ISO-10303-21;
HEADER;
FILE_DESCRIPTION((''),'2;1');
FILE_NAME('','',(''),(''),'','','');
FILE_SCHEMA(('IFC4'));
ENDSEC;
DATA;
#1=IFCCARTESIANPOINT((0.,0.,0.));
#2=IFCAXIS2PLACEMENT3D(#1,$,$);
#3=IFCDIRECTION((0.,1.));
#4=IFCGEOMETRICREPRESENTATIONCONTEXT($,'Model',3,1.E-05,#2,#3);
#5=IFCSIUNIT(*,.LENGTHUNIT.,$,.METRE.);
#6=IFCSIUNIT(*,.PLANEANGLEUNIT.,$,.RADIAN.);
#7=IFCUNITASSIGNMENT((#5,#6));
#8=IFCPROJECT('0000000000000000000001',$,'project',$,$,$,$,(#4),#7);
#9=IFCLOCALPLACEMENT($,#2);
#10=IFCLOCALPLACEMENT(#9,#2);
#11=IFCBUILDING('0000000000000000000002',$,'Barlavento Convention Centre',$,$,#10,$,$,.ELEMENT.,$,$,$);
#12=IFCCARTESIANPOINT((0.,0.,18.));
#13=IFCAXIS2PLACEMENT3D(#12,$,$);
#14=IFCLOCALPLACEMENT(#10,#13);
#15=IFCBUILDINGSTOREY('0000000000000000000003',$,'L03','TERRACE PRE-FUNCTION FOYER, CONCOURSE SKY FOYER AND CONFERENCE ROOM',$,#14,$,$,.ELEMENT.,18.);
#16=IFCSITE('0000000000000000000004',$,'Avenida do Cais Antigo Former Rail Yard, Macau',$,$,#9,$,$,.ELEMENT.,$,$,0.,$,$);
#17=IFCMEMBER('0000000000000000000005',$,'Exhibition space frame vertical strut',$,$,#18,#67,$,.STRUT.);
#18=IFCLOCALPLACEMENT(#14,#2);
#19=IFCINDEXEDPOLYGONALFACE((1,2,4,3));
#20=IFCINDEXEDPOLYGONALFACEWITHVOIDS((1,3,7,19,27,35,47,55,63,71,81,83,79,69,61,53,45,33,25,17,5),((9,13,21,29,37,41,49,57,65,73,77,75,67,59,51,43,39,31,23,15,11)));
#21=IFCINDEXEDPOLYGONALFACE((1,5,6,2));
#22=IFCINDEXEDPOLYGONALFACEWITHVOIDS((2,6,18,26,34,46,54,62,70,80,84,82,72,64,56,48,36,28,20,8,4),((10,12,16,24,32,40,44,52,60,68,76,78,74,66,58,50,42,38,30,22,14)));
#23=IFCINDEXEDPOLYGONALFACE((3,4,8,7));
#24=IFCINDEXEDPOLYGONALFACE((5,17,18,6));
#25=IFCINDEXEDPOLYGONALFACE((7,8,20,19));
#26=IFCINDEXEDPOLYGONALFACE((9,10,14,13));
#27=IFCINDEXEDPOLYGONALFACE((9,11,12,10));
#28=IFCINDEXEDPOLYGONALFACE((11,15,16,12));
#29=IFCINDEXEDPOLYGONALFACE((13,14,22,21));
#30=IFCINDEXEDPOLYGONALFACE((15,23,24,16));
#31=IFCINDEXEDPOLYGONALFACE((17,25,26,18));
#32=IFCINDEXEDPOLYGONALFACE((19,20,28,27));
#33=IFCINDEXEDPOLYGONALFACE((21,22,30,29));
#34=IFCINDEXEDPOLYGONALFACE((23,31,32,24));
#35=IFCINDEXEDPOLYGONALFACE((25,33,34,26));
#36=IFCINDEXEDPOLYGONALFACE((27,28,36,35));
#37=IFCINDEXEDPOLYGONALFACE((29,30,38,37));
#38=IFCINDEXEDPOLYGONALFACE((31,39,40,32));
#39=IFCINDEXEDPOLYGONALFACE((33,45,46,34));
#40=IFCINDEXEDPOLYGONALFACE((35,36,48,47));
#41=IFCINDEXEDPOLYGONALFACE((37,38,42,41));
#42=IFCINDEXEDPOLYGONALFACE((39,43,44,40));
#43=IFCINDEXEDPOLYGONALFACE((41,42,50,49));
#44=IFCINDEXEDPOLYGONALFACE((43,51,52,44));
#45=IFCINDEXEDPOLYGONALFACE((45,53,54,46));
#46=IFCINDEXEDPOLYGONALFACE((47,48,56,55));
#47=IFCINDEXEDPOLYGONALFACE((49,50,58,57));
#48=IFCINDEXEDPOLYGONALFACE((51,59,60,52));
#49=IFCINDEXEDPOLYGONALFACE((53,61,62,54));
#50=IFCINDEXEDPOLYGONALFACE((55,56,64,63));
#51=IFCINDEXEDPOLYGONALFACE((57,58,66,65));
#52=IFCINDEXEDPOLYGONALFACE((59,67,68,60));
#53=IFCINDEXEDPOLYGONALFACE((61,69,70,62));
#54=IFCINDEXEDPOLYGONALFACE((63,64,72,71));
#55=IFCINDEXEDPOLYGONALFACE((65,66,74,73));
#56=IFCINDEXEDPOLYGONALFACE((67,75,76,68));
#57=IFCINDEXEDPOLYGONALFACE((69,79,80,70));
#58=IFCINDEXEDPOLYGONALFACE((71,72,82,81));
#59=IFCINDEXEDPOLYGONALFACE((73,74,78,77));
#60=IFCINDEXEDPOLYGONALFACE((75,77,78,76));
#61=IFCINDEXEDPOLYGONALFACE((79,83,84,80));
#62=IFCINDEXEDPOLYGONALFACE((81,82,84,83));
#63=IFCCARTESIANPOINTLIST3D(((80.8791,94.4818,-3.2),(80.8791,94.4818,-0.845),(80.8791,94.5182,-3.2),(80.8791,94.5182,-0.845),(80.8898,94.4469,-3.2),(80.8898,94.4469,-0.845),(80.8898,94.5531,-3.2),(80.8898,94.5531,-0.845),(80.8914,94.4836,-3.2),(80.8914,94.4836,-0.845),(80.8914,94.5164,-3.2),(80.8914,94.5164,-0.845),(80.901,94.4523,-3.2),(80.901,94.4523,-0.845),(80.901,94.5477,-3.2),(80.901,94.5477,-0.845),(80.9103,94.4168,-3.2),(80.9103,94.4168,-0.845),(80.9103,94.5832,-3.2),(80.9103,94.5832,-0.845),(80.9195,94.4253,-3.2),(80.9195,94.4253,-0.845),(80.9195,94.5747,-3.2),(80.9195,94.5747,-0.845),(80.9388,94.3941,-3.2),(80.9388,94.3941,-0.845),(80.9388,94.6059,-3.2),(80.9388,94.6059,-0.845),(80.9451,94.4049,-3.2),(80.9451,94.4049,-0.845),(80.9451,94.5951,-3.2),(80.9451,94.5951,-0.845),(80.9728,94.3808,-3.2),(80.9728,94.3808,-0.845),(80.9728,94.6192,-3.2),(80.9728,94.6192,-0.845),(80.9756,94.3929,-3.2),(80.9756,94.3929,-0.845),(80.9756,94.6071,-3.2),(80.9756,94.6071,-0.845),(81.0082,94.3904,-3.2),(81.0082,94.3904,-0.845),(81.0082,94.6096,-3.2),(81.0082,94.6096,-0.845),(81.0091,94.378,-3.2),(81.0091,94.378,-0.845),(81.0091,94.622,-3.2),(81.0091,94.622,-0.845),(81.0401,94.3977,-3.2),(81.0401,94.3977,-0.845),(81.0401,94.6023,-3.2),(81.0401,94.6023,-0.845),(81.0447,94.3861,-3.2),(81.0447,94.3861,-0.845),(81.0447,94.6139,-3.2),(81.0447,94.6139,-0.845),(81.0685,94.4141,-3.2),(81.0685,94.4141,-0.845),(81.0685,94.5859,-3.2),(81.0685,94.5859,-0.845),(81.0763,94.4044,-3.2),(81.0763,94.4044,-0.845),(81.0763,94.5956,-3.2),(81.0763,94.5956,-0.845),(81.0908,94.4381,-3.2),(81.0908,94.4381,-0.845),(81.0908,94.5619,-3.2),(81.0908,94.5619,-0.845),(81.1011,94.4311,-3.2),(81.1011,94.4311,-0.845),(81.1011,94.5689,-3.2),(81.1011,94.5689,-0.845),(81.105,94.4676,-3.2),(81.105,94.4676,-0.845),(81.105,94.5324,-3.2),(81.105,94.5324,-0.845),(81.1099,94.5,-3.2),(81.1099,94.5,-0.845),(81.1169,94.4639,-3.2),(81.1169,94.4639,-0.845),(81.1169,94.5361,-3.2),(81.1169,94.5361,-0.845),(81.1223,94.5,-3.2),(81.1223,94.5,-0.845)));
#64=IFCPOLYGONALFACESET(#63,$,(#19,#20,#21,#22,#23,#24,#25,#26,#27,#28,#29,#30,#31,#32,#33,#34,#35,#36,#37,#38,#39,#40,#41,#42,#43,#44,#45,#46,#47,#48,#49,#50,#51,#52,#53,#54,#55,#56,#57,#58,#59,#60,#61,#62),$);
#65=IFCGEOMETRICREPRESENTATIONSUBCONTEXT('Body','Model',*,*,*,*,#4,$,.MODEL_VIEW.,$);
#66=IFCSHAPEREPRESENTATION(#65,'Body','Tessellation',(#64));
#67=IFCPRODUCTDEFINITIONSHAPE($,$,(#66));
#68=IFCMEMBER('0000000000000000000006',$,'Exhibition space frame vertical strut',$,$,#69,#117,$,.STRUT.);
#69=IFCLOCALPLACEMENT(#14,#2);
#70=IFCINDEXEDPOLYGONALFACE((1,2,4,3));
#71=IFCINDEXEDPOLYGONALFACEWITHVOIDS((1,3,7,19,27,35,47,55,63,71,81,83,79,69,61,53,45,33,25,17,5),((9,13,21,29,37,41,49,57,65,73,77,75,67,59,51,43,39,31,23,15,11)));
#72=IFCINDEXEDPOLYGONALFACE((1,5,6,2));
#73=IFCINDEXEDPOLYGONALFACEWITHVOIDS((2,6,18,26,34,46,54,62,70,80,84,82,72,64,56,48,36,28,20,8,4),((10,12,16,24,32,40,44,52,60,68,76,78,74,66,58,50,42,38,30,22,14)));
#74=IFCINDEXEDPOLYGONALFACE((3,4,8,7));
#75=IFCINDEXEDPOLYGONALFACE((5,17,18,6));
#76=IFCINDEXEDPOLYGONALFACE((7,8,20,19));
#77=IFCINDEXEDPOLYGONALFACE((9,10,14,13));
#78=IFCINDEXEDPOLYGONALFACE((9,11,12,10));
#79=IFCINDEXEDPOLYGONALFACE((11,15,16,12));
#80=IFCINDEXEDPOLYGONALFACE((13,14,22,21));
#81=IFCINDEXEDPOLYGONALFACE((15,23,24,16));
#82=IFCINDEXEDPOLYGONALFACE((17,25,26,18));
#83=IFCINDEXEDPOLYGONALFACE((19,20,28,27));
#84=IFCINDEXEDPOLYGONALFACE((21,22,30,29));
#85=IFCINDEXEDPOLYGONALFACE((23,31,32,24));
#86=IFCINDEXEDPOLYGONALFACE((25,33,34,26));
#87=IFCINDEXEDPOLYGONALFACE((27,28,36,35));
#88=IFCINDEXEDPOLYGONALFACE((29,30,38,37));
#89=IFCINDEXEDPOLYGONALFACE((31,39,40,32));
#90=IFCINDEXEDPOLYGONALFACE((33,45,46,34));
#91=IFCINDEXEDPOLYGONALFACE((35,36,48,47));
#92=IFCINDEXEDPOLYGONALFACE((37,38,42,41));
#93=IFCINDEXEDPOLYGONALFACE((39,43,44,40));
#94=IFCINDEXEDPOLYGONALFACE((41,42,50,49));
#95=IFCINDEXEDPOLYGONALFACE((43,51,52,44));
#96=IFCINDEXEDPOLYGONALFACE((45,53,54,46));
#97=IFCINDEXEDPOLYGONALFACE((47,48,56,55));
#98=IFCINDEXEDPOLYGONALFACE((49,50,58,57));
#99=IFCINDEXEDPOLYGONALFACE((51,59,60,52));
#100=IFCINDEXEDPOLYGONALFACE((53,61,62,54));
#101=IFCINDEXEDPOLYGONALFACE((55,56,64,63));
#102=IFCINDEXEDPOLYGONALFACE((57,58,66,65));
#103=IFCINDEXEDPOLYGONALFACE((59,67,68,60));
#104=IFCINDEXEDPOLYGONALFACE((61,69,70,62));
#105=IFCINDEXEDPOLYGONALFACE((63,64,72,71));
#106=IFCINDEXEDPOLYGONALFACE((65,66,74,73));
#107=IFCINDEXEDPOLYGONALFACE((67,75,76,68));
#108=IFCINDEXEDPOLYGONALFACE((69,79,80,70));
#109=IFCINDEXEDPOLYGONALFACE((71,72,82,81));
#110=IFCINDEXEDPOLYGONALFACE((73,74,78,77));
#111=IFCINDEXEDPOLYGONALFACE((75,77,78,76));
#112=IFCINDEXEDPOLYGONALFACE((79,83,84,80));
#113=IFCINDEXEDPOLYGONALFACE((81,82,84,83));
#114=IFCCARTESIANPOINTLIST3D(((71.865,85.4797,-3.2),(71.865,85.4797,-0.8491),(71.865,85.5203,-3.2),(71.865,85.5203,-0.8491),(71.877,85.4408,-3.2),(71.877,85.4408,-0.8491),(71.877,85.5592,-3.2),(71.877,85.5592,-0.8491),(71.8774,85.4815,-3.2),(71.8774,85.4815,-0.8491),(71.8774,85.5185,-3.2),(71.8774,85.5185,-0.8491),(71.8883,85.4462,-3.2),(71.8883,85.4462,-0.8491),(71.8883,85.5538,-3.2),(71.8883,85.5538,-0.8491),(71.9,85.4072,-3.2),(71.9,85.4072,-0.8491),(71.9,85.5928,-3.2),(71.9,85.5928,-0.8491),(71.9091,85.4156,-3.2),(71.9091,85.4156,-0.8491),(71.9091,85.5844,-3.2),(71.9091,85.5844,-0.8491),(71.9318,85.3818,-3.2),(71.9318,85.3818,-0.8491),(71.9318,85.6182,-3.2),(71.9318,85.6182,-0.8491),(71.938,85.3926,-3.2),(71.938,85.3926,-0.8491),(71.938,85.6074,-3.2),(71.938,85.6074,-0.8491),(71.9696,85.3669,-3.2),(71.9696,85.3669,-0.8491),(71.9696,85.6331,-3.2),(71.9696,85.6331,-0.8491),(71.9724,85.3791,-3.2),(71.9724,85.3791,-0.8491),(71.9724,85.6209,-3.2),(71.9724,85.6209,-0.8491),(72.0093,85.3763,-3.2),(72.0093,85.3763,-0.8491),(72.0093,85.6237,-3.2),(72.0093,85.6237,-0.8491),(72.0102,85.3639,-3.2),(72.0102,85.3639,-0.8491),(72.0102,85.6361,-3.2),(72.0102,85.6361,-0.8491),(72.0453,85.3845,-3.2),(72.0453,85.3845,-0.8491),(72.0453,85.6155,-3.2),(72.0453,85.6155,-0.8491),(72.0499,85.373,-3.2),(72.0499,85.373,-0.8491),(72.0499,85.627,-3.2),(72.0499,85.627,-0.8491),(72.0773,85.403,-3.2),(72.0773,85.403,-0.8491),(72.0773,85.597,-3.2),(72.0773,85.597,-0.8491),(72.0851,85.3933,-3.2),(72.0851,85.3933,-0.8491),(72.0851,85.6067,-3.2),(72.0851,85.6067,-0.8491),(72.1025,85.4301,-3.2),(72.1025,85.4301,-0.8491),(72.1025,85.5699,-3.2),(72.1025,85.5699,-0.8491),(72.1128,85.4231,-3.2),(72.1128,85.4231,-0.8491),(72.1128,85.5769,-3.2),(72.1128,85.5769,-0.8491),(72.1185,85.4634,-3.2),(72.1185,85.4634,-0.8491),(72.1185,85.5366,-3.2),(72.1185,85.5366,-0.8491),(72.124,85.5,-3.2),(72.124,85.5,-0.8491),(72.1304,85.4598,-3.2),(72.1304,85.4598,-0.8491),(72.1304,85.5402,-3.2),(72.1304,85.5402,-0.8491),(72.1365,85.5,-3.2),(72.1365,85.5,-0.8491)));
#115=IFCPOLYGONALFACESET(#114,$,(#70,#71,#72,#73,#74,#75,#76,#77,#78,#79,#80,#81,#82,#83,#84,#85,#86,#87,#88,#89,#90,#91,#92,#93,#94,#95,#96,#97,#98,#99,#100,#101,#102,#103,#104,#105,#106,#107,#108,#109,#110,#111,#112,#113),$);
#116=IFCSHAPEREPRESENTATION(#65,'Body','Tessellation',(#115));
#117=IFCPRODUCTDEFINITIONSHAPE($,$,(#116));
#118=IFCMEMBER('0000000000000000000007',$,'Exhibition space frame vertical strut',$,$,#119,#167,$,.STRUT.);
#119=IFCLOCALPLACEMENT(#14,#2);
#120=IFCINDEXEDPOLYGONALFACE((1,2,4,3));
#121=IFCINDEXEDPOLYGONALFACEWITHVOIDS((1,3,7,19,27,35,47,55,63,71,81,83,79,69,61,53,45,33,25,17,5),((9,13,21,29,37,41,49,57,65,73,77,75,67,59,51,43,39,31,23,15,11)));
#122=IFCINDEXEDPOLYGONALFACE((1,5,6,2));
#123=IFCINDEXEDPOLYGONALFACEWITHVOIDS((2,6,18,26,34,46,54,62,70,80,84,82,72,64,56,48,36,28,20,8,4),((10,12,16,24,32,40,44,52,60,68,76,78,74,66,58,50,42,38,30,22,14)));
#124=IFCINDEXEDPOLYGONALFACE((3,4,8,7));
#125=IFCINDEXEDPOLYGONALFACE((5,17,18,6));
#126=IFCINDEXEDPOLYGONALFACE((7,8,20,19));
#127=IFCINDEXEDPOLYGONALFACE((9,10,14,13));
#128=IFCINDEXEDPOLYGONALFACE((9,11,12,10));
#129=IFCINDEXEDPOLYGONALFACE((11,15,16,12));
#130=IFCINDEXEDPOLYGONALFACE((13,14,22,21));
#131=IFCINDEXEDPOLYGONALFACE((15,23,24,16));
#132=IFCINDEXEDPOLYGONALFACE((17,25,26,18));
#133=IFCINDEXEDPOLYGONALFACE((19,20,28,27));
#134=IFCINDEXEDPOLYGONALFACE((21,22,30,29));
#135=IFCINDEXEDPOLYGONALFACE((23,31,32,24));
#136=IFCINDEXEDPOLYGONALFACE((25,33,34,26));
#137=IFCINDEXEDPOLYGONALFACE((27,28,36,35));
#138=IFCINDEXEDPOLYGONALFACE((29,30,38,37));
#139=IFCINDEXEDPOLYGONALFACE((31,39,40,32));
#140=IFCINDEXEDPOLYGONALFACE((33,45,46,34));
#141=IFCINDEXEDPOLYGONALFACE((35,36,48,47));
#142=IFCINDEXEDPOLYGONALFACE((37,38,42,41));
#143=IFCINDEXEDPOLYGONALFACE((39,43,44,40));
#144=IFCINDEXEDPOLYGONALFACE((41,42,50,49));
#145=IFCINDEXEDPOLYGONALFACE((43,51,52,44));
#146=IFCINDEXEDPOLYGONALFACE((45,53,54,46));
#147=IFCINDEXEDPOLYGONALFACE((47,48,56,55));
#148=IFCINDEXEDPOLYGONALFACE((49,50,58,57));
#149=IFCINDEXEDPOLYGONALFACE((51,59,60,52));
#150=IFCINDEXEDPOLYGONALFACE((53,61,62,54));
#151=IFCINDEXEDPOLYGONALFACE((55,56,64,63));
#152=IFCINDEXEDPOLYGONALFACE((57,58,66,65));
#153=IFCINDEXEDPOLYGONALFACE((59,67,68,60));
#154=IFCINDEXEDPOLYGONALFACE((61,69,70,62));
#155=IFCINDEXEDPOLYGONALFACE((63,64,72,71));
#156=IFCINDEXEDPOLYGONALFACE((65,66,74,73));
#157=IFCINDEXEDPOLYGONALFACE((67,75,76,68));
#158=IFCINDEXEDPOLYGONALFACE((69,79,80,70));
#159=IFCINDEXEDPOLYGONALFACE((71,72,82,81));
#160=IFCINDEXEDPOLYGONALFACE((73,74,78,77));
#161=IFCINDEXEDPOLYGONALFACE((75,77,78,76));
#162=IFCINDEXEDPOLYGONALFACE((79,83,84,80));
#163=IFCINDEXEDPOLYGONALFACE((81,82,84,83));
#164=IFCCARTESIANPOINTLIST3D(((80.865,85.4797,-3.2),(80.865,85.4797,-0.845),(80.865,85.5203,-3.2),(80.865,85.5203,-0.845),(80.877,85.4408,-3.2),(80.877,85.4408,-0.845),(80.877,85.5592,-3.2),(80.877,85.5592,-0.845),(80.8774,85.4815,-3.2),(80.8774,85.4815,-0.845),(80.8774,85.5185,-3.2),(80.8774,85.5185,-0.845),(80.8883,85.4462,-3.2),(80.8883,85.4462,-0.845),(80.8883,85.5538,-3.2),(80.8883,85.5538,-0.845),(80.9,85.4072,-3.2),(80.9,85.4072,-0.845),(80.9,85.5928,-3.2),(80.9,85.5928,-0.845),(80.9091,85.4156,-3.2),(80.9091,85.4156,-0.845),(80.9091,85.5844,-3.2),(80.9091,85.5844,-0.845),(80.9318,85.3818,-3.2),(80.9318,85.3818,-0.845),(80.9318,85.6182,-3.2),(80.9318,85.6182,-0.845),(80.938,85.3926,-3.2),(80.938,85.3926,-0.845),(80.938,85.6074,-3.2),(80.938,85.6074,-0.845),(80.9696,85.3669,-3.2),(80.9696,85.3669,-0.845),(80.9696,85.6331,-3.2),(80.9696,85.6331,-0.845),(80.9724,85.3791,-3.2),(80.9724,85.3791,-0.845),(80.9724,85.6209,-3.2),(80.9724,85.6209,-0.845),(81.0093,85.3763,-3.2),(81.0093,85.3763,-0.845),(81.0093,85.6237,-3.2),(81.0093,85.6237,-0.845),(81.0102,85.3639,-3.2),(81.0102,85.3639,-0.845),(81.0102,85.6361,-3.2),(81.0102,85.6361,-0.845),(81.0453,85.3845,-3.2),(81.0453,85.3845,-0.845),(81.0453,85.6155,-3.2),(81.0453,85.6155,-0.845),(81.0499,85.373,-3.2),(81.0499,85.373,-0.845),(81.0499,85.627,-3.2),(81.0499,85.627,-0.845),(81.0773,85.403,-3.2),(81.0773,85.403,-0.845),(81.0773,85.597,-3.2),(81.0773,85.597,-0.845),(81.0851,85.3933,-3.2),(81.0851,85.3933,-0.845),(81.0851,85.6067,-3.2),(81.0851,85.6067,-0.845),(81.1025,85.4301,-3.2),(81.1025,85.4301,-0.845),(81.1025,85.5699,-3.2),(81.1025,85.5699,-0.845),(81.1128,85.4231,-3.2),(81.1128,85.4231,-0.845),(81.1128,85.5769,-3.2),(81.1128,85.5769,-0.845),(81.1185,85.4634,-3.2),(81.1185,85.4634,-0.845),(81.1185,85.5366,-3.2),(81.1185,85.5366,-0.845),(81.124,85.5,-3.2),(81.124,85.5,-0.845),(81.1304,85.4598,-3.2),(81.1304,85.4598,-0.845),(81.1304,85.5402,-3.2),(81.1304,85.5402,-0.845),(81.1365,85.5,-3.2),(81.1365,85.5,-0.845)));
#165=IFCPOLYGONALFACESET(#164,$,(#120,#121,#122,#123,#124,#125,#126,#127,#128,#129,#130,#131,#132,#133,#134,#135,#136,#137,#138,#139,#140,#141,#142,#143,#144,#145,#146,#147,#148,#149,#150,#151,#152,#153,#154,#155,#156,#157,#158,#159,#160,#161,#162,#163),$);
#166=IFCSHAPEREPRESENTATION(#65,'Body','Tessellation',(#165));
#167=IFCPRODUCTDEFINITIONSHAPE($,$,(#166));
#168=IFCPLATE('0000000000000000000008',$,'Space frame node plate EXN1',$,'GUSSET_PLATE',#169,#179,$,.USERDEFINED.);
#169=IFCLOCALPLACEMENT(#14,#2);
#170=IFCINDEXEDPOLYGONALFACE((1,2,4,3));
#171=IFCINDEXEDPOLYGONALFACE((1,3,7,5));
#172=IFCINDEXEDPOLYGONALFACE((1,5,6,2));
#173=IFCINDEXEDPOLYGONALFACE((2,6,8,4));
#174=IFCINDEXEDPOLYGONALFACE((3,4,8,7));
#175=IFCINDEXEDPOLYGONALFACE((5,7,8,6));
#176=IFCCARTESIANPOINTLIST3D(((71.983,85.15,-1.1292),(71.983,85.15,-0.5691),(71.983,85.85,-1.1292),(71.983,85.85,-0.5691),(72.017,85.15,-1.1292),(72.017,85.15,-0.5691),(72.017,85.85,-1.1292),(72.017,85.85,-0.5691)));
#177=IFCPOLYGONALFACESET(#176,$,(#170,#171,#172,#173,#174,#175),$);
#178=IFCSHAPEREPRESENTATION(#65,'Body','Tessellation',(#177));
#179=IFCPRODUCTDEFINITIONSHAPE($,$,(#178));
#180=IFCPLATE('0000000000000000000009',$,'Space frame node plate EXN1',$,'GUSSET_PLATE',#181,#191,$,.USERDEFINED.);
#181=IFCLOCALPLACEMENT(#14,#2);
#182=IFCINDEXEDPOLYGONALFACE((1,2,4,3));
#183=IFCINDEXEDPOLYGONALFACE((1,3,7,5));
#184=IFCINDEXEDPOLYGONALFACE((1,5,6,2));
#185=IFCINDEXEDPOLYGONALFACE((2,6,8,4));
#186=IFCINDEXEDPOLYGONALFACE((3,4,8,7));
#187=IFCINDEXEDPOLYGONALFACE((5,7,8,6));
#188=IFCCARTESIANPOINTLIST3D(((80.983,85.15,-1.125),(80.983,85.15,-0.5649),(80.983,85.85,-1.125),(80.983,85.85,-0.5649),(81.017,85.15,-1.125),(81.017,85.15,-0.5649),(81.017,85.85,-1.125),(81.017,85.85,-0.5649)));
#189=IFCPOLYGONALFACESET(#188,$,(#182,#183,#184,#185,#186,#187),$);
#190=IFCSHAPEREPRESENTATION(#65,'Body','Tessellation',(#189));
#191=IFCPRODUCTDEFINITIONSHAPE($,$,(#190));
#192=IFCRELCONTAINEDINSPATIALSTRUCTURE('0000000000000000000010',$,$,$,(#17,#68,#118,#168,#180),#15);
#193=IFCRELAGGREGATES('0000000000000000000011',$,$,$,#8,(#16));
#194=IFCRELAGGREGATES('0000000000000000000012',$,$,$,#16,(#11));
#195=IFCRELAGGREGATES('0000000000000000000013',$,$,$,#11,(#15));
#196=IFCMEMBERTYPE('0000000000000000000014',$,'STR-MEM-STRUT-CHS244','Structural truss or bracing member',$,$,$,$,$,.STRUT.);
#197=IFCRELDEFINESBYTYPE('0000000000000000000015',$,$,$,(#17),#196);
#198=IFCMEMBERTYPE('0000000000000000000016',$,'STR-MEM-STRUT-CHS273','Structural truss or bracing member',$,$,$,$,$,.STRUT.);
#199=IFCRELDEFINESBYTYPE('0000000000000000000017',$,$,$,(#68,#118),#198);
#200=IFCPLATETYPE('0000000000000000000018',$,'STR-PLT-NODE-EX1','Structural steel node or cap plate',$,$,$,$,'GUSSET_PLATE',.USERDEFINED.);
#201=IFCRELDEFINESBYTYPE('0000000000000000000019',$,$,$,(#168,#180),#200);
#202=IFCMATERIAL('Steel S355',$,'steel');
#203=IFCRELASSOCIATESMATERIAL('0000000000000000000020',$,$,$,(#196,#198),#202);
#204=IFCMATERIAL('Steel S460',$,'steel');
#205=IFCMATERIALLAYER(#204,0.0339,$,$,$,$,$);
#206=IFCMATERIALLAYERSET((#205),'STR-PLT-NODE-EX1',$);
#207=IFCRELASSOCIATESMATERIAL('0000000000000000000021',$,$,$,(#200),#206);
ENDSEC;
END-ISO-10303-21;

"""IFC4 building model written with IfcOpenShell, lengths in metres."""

from ifc_helpers import new_model, si_unit, direction, frame, origin, origin_2d, place, context, subcontext, project, spatial, rectangle, hollow_circle, extrude, material, layer, layer_set, material_profile, profile_set, type_object, element, save


model = new_model("IFC4")

# Units and contexts
model_context = context("Model", 3, precision=1e-05, world=origin(), true_north=direction((0.0, 1.0)))
body_context = subcontext(model_context, "Body", "Model", "MODEL_VIEW")
ifc_project = project(units=[si_unit("LENGTHUNIT", "METRE"), si_unit("PLANEANGLEUNIT", "RADIAN")], contexts=[model_context])

# Site, building, storey
site_placement = place(None, origin())
site = spatial("IfcSite", under=ifc_project, at=site_placement, Name="Avenida do Cais Antigo Former Rail Yard, Macau", CompositionType="ELEMENT", RefElevation=0.0)
building_placement = place(site_placement, origin())
building = spatial("IfcBuilding", under=site, at=building_placement, Name="Barlavento Convention Centre", CompositionType="ELEMENT")
storey_placement = place(building_placement, frame((0.0, 0.0, 18.0)))
storey = spatial("IfcBuildingStorey", under=building, at=storey_placement, Name="L03", Description="TERRACE PRE-FUNCTION FOYER, CONCOURSE SKY FOYER AND CONFERENCE ROOM", CompositionType="ELEMENT", Elevation=18.0)

# Members
ifc_material_1 = material(Name="Steel S355", Category="steel")
ifc_material_profile_1 = material_profile(ifc_material_1, hollow_circle(Radius=0.1223, WallThickness=0.0125, at=origin_2d()), Name="CHS 244.5x12.5")
ifc_profile_set_1 = profile_set([ifc_material_profile_1], Name="Steel S355")
member_type_1 = type_object("IfcMemberType", Name="STR-MEM-STRUT-CHS244", Description="Structural truss or bracing member", PredefinedType="STRUT", material=ifc_profile_set_1)
for number, where, z_axis, x_axis, name in (
    (1, (81.0, 94.5, -3.2), (0.0, 0.0, 1.0), (1.0, 0.0, 0.0), "Exhibition space frame vertical strut"),
):
    element("IfcMember", number, at=place(storey_placement, frame(where, z_axis=z_axis, x_axis=x_axis)), inside=storey, type_object=member_type_1, Name=name, PredefinedType="STRUT", context=body_context, shape_type="SweptSolid", body=[
        extrude(hollow_circle(Radius=0.1223, WallThickness=0.0125, at=origin_2d()), origin(), (0.0, 0.0, 1.0), 2.355),
    ])
ifc_material_profile_2 = material_profile(ifc_material_1, hollow_circle(Radius=0.1365, WallThickness=0.0125, at=origin_2d()), Name="CHS 273.0x12.5")
ifc_profile_set_2 = profile_set([ifc_material_profile_2], Name="Steel S355")
member_type_2 = type_object("IfcMemberType", Name="STR-MEM-STRUT-CHS273", Description="Structural truss or bracing member", PredefinedType="STRUT", material=ifc_profile_set_2)
member_1_placement = place(storey_placement, frame((72.0, 85.5, -3.2), z_axis=(0.0, 0.0, 1.0), x_axis=(1.0, 0.0, 0.0)))
element("IfcMember", 2, at=member_1_placement, inside=storey, type_object=member_type_2, Name="Exhibition space frame vertical strut", PredefinedType="STRUT", context=body_context, shape_type="SweptSolid", body=[
    extrude(hollow_circle(Radius=0.1365, WallThickness=0.0125, at=origin_2d()), origin(), (0.0, 0.0, 1.0), 2.3508),
])
member_2_placement = place(storey_placement, frame((81.0, 85.5, -3.2), z_axis=(0.0, 0.0, 1.0), x_axis=(1.0, 0.0, 0.0)))
element("IfcMember", 3, at=member_2_placement, inside=storey, type_object=member_type_2, Name="Exhibition space frame vertical strut", PredefinedType="STRUT", context=body_context, shape_type="SweptSolid", body=[
    extrude(hollow_circle(Radius=0.1365, WallThickness=0.0125, at=origin_2d()), origin(), (0.0, 0.0, 1.0), 2.355),
])

# Plates
ifc_material_2 = material(Name="Steel S460", Category="steel")
ifc_layer_1 = layer(ifc_material_2, 0.0339)
ifc_layer_set_1 = layer_set([ifc_layer_1], Name="STR-PLT-NODE-EX1")
plate_type = type_object("IfcPlateType", Name="STR-PLT-NODE-EX1", Description="Structural steel node or cap plate", ElementType="GUSSET_PLATE", PredefinedType="USERDEFINED", material=ifc_layer_set_1)
for number, where, z_axis, x_axis, name in (
    (4, (72.0, 85.5, -1.1292), (0.0, 0.0, 1.0), (1.0, 0.0, 0.0), "Space frame node plate EXN1"),
    (5, (81.0, 85.5, -1.125), (0.0, 0.0, 1.0), (1.0, 0.0, 0.0), "Space frame node plate EXN1"),
):
    element("IfcPlate", number, at=place(storey_placement, frame(where, z_axis=z_axis, x_axis=x_axis)), inside=storey, type_object=plate_type, Name=name, ObjectType="GUSSET_PLATE", PredefinedType="USERDEFINED", context=body_context, shape_type="SweptSolid", body=[
        extrude(rectangle(XDim=0.0339, YDim=0.7, at=origin_2d()), origin(), (0.0, 0.0, 1.0), 0.5601),
    ])

save(model, "model.ifc")
